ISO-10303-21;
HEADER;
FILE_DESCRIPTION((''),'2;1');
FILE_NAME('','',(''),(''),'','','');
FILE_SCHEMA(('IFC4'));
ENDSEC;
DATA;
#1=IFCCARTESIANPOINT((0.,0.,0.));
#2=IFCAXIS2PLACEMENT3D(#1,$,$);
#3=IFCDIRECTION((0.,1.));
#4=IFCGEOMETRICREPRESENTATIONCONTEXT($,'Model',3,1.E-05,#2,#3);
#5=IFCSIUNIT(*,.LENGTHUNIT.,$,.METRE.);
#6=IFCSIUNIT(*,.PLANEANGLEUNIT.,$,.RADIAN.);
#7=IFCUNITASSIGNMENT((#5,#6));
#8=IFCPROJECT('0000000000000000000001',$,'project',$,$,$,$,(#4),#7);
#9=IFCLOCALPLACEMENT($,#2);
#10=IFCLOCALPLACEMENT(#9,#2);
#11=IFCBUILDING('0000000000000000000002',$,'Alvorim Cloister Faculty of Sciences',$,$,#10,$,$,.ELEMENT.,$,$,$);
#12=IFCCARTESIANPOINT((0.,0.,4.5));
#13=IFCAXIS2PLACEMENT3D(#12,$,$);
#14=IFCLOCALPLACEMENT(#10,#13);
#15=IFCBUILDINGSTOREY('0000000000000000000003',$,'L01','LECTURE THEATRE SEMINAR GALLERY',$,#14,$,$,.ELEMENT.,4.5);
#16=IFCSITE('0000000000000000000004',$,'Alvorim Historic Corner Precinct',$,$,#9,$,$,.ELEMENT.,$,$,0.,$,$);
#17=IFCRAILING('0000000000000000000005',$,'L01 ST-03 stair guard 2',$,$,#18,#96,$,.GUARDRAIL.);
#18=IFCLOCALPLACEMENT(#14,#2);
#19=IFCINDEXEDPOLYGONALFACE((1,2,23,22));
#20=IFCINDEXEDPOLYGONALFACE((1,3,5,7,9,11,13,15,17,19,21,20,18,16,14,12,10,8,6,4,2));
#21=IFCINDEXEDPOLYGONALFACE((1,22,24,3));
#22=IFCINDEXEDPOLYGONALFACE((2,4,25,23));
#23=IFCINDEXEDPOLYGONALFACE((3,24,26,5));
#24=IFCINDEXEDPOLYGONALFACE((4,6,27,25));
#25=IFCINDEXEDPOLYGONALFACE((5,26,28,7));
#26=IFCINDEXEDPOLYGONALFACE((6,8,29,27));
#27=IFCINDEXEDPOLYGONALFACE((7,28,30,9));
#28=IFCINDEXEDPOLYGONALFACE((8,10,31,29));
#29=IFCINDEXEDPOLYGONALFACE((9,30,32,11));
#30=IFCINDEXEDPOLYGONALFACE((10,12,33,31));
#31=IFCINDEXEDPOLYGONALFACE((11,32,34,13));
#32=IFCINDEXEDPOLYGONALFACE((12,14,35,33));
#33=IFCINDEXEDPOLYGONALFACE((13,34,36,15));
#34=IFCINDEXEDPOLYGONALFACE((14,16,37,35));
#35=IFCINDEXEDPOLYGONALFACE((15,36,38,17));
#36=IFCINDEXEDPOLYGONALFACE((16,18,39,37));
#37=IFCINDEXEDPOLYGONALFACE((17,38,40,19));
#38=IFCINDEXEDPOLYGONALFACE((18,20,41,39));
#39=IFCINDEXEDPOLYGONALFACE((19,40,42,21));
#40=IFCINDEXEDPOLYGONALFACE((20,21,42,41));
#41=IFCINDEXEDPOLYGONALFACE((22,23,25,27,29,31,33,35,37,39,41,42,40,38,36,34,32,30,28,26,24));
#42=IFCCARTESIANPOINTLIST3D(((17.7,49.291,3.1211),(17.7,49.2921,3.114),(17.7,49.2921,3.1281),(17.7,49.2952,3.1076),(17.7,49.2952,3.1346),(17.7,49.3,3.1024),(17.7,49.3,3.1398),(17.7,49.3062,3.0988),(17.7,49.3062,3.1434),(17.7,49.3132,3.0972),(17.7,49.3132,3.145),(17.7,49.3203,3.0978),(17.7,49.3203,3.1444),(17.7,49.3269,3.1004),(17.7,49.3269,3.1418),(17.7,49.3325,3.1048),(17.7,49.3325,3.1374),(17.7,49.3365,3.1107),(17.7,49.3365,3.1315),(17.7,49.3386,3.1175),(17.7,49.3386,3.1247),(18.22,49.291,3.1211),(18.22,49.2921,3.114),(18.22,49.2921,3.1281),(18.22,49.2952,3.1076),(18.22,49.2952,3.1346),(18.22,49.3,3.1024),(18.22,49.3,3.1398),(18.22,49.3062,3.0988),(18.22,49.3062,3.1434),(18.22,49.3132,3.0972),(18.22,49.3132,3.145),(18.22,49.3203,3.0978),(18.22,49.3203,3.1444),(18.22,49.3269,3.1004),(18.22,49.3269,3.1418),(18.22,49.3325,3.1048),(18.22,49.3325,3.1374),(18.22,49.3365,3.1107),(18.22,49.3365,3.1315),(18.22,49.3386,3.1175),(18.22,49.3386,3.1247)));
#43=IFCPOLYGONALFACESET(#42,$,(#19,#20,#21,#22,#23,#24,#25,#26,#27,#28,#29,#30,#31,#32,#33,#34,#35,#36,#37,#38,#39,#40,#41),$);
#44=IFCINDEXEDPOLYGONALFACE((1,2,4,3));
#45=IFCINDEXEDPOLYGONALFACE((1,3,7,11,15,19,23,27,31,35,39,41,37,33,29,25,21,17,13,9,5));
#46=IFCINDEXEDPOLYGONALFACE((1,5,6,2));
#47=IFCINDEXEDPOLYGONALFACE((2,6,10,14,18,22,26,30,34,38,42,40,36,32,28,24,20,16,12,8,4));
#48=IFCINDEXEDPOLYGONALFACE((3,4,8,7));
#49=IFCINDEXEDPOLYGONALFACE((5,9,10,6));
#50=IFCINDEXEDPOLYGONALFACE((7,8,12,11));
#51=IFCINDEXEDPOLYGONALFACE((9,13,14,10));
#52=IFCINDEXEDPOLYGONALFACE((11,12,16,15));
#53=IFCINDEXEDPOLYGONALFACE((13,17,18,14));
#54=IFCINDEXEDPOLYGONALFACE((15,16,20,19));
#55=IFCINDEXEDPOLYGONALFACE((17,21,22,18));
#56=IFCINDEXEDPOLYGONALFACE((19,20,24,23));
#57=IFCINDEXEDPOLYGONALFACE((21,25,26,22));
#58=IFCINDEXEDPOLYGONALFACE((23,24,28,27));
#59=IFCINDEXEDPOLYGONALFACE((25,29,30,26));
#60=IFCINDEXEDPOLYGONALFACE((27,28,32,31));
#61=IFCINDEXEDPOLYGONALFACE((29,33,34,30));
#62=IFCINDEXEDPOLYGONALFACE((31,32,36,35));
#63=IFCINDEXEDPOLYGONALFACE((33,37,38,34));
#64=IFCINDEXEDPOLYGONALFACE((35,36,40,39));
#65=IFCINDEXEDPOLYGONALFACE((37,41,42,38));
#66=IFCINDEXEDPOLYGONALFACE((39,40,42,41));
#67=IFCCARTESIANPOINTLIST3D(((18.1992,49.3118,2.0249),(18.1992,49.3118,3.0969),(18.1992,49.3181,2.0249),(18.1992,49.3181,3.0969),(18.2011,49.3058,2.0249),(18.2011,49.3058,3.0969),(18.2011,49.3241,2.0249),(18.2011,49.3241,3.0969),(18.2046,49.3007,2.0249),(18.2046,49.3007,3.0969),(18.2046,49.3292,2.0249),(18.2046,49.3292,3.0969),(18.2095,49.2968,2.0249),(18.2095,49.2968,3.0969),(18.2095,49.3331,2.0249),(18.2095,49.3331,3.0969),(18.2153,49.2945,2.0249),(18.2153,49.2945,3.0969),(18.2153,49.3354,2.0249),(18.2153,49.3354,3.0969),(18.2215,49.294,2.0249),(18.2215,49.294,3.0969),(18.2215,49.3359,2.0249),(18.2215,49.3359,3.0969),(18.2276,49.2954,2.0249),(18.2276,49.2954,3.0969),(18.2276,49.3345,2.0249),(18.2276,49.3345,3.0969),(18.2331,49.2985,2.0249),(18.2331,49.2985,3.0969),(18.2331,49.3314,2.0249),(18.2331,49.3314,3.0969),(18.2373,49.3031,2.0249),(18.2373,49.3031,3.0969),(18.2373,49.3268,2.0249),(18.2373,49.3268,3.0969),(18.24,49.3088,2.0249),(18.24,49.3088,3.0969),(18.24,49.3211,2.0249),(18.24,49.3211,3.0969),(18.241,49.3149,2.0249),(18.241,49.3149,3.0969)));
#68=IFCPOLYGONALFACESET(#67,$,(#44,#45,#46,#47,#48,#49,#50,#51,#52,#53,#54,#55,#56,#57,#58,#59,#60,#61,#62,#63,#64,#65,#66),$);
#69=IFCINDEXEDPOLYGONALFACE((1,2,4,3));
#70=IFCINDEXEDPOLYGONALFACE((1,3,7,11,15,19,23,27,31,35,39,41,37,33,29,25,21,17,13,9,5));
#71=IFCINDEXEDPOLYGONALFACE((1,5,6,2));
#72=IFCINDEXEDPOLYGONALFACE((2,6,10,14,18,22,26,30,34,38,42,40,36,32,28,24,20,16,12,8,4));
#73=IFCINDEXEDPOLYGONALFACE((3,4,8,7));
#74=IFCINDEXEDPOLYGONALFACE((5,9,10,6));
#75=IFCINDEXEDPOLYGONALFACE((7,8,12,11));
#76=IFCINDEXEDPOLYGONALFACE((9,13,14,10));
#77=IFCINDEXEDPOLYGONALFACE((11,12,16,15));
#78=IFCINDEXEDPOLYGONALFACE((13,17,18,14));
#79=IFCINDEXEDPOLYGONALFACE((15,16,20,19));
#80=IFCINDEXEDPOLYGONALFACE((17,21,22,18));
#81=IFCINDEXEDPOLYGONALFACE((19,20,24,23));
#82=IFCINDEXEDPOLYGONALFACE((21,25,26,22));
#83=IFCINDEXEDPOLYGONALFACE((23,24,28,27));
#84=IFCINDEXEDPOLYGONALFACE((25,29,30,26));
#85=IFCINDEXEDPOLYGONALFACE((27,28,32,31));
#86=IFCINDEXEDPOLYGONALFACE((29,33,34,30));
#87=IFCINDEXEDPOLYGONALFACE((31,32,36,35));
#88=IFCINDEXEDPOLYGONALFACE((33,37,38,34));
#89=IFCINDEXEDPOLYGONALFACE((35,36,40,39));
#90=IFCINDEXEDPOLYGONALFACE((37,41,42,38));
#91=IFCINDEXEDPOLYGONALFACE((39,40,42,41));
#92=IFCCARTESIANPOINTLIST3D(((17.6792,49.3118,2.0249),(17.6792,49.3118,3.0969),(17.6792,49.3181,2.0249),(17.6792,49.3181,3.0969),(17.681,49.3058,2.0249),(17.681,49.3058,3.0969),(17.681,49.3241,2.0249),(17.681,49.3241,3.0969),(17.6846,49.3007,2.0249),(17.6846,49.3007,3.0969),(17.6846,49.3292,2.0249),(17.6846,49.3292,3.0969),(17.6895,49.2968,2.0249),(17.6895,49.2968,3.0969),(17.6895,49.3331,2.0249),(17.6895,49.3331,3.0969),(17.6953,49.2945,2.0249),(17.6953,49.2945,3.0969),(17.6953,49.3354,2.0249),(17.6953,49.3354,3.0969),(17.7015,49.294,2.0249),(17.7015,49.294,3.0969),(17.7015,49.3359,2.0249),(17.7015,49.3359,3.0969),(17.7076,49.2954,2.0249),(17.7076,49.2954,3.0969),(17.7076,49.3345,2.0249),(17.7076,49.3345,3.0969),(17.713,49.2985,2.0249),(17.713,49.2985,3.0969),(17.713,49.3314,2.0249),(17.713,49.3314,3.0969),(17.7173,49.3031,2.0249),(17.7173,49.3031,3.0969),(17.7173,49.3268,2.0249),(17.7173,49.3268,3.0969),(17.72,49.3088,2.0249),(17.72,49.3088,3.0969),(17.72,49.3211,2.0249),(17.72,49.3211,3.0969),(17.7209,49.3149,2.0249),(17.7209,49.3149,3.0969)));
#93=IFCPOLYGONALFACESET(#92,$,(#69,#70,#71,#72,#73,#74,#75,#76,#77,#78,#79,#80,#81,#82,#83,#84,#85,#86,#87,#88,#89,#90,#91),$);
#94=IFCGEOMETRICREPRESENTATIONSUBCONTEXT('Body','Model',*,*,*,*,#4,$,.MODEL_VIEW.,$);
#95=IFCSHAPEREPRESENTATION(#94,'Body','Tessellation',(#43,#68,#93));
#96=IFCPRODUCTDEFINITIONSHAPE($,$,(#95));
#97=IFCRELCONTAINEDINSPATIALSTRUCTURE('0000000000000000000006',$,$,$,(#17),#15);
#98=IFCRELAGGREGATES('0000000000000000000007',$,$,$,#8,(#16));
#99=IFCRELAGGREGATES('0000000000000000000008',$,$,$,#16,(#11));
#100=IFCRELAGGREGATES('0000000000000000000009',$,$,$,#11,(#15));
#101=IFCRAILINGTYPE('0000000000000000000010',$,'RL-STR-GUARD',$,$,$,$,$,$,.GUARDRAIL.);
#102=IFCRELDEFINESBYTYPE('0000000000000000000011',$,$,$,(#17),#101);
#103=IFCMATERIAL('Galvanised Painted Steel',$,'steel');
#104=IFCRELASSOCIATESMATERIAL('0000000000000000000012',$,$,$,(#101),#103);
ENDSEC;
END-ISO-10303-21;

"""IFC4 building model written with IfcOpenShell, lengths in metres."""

from ifc_helpers import new_model, si_unit, direction, frame, origin, origin_2d, place, context, subcontext, project, spatial, circle, extrude, material, type_object, element, save


model = new_model("IFC4")

# Units and contexts
model_context = context("Model", 3, precision=1e-05, world=origin(), true_north=direction((0.0, 1.0)))
body_context = subcontext(model_context, "Body", "Model", "MODEL_VIEW")
ifc_project = project(units=[si_unit("LENGTHUNIT", "METRE"), si_unit("PLANEANGLEUNIT", "RADIAN")], contexts=[model_context])

# Site, building, storey
site_placement = place(None, origin())
site = spatial("IfcSite", under=ifc_project, at=site_placement, Name="Alvorim Historic Corner Precinct", CompositionType="ELEMENT", RefElevation=0.0)
building_placement = place(site_placement, origin())
building = spatial("IfcBuilding", under=site, at=building_placement, Name="Alvorim Cloister Faculty of Sciences", CompositionType="ELEMENT")
storey_placement = place(building_placement, frame((0.0, 0.0, 4.5)))
storey = spatial("IfcBuildingStorey", under=building, at=storey_placement, Name="L01", Description="LECTURE THEATRE SEMINAR GALLERY", CompositionType="ELEMENT", Elevation=4.5)

# Railing
ifc_material_1 = material(Name="Galvanised Painted Steel", Category="steel")
railing_type_1 = type_object("IfcRailingType", Name="RL-STR-GUARD", PredefinedType="GUARDRAIL", material=ifc_material_1)
railing_1_placement = place(storey_placement, frame((18.22, 49.3149, 2.0249)))
element("IfcRailing", 1, at=railing_1_placement, inside=storey, type_object=railing_type_1, Name="L01 ST-03 stair guard 2", PredefinedType="GUARDRAIL", context=body_context, shape_type="SweptSolid", body=[
    extrude(circle(Radius=0.0239, at=origin_2d()), frame((0.0, 0.0, 1.0962), z_axis=(-1.0, 0.0, 0.0), x_axis=(0.0, -1.0, 0.0)), (0.0, 0.0, 1.0), 0.52),
    extrude(circle(Radius=0.021, at=origin_2d()), origin(), (0.0, 0.0, 1.0), 1.072),
    extrude(circle(Radius=0.021, at=origin_2d()), frame((-0.52, 0.0, 0.0)), (0.0, 0.0, 1.0), 1.072),
])

save(model, "model.ifc")
